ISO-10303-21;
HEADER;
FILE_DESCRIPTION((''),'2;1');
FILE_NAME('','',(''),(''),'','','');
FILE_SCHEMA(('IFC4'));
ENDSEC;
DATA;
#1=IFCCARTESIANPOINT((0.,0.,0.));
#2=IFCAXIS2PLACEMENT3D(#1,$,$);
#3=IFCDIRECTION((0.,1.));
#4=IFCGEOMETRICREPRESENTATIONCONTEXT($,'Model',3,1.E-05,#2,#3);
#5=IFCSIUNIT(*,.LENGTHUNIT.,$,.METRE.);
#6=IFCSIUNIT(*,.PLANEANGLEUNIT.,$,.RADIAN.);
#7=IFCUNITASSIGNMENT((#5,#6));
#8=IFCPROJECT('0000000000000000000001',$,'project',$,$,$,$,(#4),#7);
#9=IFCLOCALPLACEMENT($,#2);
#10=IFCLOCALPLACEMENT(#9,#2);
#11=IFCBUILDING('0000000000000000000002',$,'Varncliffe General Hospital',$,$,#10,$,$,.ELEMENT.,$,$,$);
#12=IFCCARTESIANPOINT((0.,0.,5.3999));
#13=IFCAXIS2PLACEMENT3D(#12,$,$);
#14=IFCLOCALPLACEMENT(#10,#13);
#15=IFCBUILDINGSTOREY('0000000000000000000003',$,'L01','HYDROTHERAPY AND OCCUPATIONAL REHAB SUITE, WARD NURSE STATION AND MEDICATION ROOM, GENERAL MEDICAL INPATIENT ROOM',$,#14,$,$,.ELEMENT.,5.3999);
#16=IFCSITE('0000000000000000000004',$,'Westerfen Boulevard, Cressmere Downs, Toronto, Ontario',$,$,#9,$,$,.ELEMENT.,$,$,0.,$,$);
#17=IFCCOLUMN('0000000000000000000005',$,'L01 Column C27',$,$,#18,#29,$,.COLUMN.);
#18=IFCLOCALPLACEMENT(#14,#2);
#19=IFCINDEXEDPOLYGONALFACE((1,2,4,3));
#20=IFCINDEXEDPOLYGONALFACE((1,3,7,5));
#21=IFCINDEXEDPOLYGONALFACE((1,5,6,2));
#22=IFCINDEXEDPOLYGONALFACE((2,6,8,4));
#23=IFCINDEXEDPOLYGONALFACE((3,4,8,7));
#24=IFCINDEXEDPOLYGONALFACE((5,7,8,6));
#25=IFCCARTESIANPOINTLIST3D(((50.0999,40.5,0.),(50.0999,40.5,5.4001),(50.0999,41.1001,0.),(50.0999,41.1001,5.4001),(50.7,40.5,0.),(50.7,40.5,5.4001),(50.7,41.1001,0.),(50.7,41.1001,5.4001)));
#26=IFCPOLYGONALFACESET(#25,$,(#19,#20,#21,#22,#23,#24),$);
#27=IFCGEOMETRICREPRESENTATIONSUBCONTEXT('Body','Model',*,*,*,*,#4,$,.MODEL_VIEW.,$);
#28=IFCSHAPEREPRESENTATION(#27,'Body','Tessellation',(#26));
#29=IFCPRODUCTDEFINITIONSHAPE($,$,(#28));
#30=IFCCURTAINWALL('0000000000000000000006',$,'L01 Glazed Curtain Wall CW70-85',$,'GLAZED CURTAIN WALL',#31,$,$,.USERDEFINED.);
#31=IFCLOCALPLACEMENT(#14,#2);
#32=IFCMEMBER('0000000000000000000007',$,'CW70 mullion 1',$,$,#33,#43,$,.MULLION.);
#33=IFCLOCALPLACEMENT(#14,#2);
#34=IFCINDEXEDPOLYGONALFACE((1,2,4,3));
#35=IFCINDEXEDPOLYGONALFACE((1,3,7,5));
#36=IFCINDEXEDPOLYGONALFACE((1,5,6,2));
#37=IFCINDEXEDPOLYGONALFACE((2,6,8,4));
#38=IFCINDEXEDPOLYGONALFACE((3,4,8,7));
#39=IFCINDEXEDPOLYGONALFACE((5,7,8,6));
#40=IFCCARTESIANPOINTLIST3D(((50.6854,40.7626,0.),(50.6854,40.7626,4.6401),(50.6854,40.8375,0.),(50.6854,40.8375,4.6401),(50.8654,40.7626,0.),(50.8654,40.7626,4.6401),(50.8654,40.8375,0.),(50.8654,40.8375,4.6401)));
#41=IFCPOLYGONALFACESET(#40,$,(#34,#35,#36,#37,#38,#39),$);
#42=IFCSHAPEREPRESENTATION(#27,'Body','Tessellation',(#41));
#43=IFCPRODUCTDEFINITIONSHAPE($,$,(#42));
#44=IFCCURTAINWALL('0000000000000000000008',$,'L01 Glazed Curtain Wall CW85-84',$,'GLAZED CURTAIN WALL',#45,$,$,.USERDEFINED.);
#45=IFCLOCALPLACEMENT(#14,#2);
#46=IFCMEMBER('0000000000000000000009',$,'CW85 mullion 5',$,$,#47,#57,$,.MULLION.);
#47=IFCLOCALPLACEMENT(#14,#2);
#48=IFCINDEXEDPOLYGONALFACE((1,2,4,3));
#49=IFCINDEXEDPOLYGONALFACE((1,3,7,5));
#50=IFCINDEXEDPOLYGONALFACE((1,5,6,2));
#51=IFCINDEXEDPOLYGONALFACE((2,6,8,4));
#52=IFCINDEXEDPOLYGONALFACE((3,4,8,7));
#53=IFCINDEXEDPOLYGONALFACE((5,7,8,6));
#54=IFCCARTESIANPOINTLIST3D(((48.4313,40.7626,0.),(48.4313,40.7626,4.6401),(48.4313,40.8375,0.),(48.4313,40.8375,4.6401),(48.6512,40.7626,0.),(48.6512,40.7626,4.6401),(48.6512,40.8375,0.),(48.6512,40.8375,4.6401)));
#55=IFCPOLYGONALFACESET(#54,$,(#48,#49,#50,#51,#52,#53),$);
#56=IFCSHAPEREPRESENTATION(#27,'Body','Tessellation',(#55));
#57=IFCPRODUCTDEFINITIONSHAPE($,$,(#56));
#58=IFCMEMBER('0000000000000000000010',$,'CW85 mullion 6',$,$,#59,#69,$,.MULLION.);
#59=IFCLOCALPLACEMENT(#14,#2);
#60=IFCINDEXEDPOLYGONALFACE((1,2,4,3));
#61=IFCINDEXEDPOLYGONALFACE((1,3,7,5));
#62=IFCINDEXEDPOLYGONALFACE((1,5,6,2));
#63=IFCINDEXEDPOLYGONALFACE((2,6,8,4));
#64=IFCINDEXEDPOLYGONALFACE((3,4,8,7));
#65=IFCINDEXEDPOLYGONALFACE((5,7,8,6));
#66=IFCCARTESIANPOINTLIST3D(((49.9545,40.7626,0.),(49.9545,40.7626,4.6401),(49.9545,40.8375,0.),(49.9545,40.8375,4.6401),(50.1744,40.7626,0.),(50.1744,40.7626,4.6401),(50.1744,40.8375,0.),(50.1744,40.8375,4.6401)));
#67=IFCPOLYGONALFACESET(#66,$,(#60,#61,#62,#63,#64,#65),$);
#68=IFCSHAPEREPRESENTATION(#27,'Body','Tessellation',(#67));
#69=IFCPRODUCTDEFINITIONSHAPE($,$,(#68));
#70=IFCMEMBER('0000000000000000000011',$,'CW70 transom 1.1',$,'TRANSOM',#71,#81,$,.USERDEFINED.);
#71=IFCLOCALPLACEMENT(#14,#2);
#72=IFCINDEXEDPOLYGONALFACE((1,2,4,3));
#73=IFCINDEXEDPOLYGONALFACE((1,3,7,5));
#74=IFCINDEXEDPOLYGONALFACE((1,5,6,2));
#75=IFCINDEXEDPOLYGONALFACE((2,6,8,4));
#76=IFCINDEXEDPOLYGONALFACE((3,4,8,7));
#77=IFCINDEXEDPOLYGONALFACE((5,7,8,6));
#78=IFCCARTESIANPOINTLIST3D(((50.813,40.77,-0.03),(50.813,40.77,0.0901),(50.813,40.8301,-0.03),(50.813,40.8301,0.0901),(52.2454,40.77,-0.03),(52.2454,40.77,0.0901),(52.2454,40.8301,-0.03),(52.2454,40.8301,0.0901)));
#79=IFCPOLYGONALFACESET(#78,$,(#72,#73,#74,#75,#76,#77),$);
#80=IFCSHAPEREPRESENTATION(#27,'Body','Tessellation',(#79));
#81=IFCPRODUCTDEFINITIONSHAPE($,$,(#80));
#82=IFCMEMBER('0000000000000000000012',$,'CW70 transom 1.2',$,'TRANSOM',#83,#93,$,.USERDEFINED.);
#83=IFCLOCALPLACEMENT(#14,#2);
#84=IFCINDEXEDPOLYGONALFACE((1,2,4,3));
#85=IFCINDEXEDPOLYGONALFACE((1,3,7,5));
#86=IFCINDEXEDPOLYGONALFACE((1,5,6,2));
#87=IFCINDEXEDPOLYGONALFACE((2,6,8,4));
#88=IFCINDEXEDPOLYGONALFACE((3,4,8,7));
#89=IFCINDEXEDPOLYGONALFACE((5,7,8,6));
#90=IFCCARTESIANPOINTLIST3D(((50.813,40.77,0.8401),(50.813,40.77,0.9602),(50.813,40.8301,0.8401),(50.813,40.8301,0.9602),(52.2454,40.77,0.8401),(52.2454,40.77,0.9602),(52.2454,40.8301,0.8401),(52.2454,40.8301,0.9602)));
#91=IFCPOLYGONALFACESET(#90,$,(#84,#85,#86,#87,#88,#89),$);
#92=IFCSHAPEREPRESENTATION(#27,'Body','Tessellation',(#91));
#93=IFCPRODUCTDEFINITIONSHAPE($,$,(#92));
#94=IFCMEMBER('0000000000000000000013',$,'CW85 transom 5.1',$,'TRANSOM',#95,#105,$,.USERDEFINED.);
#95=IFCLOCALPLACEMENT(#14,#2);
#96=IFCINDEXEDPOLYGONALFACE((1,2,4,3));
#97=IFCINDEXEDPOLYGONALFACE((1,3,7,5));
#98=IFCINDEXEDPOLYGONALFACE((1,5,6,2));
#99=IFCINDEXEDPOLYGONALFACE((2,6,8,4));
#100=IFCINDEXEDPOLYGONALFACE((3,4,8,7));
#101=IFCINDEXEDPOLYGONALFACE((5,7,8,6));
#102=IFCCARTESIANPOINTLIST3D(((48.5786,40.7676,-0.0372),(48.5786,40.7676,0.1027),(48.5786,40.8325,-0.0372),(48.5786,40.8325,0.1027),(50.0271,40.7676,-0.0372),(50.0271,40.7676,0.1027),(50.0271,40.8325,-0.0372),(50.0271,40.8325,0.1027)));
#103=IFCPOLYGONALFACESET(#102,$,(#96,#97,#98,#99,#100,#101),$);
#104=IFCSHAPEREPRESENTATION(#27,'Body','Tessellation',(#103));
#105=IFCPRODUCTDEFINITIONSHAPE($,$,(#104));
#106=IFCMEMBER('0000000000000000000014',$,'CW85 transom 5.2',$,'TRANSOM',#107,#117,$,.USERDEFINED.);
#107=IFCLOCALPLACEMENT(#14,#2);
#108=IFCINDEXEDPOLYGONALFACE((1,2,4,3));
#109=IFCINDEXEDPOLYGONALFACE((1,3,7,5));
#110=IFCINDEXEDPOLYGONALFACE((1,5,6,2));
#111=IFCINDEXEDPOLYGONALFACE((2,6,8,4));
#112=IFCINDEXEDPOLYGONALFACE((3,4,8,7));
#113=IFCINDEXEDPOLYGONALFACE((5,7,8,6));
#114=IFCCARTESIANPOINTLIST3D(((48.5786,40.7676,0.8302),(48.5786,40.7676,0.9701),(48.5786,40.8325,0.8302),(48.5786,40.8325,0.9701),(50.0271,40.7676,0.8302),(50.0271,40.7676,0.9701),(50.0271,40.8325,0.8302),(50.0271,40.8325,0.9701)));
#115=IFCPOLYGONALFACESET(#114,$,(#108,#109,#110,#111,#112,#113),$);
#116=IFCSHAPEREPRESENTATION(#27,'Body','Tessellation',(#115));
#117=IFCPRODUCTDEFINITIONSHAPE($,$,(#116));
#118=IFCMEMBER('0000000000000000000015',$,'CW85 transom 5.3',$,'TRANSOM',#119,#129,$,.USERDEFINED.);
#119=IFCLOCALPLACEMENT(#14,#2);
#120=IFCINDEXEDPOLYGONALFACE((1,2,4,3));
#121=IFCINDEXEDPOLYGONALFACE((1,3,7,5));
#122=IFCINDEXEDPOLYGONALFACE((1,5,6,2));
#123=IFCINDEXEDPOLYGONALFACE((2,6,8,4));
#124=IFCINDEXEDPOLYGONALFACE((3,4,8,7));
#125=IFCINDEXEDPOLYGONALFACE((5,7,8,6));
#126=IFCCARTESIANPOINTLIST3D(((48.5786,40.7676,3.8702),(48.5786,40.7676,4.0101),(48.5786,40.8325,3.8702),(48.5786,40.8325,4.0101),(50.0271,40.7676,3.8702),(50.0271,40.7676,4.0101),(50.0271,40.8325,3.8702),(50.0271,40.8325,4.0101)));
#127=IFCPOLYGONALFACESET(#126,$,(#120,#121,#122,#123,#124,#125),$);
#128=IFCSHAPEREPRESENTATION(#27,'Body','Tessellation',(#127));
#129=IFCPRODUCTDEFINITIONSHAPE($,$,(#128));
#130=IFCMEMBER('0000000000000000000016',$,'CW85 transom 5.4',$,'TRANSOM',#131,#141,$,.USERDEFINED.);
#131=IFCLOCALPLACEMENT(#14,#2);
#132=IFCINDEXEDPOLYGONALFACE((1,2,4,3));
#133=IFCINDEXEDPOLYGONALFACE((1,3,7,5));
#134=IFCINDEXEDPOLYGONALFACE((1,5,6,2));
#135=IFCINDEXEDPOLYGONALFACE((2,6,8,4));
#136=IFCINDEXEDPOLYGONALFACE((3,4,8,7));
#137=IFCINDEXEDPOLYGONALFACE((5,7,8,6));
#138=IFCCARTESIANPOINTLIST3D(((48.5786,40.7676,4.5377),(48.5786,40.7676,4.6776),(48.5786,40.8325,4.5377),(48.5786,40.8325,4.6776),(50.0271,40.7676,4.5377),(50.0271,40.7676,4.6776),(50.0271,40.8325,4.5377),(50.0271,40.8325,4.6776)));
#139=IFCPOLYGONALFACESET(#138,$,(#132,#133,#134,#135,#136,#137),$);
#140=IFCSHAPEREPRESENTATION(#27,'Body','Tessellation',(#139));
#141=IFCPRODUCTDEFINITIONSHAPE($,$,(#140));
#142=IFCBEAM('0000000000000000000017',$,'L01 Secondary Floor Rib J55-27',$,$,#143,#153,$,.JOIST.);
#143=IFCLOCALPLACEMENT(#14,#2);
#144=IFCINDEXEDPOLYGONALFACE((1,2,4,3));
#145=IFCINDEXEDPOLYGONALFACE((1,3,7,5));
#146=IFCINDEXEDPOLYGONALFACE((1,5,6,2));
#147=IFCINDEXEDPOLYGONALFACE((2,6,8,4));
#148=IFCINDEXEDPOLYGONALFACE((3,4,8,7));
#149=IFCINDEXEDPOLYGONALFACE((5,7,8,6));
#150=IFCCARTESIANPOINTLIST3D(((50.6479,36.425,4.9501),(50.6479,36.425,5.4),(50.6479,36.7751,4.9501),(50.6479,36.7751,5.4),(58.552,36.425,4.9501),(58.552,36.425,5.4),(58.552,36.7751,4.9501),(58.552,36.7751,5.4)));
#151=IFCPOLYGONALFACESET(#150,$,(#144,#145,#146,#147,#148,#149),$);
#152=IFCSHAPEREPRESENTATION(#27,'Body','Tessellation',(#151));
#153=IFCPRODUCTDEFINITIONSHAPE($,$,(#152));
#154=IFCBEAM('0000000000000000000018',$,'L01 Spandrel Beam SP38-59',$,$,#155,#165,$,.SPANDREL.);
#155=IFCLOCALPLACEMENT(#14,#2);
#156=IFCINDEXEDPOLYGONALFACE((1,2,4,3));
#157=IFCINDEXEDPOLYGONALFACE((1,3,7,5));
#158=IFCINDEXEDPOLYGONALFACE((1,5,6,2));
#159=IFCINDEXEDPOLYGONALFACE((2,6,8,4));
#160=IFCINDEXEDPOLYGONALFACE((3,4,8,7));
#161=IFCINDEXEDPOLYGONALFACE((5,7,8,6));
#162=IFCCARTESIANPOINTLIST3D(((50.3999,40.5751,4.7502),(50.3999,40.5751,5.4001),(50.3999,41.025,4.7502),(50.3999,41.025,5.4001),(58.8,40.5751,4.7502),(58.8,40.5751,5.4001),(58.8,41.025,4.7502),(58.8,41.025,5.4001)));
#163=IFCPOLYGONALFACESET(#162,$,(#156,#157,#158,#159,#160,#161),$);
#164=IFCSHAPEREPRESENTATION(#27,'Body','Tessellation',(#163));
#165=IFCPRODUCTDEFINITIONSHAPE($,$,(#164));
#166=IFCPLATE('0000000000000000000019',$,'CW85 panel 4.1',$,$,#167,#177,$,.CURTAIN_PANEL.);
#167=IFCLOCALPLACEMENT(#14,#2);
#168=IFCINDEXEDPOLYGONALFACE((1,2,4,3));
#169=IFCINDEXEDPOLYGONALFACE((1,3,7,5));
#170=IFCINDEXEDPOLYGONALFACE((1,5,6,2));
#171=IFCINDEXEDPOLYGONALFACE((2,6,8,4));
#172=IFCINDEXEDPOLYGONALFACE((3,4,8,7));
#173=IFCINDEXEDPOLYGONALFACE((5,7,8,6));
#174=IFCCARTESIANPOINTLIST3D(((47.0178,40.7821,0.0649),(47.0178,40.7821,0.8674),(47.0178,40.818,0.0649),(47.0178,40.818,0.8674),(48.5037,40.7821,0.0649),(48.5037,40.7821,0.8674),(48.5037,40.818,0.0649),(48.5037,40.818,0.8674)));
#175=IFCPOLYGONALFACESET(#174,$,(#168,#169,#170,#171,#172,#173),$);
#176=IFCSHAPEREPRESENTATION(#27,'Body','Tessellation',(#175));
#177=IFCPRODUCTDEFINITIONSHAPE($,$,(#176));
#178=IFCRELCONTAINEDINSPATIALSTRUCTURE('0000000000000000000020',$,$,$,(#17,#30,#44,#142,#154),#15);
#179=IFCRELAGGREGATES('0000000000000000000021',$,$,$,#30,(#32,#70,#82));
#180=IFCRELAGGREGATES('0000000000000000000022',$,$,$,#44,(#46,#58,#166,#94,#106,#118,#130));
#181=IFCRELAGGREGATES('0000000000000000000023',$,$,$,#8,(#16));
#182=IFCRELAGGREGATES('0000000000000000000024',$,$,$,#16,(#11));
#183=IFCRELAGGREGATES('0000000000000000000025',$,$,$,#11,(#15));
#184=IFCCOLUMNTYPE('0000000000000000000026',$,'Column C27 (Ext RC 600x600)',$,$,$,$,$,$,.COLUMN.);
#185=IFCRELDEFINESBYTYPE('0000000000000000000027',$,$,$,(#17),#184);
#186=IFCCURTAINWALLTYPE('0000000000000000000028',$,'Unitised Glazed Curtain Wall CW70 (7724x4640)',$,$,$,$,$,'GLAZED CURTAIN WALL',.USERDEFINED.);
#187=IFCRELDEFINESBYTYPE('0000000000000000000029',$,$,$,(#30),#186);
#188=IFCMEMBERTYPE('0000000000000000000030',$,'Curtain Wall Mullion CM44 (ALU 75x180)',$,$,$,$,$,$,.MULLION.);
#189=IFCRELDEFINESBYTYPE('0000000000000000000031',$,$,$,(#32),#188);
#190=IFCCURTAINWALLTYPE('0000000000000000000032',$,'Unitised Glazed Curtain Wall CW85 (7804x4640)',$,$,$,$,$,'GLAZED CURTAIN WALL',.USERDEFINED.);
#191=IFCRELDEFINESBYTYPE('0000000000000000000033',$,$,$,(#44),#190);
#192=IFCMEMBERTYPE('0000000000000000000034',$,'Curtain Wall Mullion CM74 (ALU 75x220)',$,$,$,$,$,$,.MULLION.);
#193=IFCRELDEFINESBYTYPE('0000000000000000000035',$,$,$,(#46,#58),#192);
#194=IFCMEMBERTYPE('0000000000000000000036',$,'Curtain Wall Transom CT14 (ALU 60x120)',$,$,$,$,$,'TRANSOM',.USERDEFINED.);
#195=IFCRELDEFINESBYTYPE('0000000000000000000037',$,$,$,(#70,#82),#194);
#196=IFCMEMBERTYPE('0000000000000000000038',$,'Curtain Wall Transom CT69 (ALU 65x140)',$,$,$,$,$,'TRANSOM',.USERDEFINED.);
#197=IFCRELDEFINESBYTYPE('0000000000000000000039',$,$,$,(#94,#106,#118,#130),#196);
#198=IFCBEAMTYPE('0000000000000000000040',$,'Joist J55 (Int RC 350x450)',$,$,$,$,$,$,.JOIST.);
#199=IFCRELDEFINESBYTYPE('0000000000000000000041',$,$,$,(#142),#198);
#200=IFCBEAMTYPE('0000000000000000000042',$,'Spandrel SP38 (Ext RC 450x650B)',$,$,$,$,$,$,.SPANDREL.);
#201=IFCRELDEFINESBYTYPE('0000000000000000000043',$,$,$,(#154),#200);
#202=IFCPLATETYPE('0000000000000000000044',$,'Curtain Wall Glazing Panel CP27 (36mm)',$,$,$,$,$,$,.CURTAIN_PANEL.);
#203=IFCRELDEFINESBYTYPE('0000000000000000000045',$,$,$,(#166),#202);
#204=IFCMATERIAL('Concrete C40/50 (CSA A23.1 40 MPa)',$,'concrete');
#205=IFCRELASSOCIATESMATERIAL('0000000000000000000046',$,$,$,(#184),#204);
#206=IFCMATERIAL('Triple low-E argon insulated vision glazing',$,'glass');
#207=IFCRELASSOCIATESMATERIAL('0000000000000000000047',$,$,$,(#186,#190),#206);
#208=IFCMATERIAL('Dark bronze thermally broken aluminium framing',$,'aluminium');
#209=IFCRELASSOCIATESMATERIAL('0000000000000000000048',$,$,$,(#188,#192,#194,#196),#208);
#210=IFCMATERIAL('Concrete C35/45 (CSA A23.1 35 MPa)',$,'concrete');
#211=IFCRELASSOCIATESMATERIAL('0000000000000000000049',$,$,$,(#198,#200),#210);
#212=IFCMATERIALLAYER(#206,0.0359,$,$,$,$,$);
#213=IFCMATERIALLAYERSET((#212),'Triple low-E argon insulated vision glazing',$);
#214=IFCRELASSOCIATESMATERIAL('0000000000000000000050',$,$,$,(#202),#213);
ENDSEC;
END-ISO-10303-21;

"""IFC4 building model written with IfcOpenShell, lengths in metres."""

from ifc_helpers import new_model, si_unit, direction, frame, origin, origin_2d, place, context, subcontext, project, spatial, rectangle, extrude, material, layer, layer_set, material_profile, profile_set, type_object, element, aggregate, save


model = new_model("IFC4")

# Units and contexts
model_context = context("Model", 3, precision=1e-05, world=origin(), true_north=direction((0.0, 1.0)))
body_context = subcontext(model_context, "Body", "Model", "MODEL_VIEW")
ifc_project = project(units=[si_unit("LENGTHUNIT", "METRE"), si_unit("PLANEANGLEUNIT", "RADIAN")], contexts=[model_context])

# Site, building, storey
site_placement = place(None, origin())
site = spatial("IfcSite", under=ifc_project, at=site_placement, Name="Westerfen Boulevard, Cressmere Downs, Toronto, Ontario", CompositionType="ELEMENT", RefElevation=0.0)
building_placement = place(site_placement, origin())
building = spatial("IfcBuilding", under=site, at=building_placement, Name="Varncliffe General Hospital", CompositionType="ELEMENT")
storey_placement = place(building_placement, frame((0.0, 0.0, 5.3999)))
storey = spatial("IfcBuildingStorey", under=building, at=storey_placement, Name="L01", Description="HYDROTHERAPY AND OCCUPATIONAL REHAB SUITE, WARD NURSE STATION AND MEDICATION ROOM, GENERAL MEDICAL INPATIENT ROOM", CompositionType="ELEMENT", Elevation=5.3999)

# Column
ifc_material_1 = material(Name="Concrete C40/50 (CSA A23.1 40 MPa)", Category="concrete")
ifc_material_profile_1 = material_profile(ifc_material_1, rectangle(XDim=0.6001, YDim=0.6001, at=origin_2d()), Name="RC 600x600")
ifc_profile_set_1 = profile_set([ifc_material_profile_1], Name="Concrete C40/50 (CSA A23.1 40 MPa)")
column_type = type_object("IfcColumnType", Name="Column C27 (Ext RC 600x600)", PredefinedType="COLUMN", material=ifc_profile_set_1)
column_placement = place(storey_placement, frame((50.3999, 40.8, 0.0), z_axis=(0.0, 0.0, 1.0), x_axis=(1.0, 0.0, 0.0)))
element("IfcColumn", 1, at=column_placement, inside=storey, type_object=column_type, Name="L01 Column C27", PredefinedType="COLUMN", context=body_context, shape_type="SweptSolid", body=[
    extrude(rectangle(XDim=0.6001, YDim=0.6001, at=origin_2d()), origin(), (0.0, 0.0, 1.0), 5.4001),
])

# Curtain wall, member
ifc_material_2 = material(Name="Triple low-E argon insulated vision glazing", Category="glass")
curtain_wall_type_1 = type_object("IfcCurtainWallType", Name="Unitised Glazed Curtain Wall CW70 (7724x4640)", ElementType="GLAZED CURTAIN WALL", PredefinedType="USERDEFINED", material=ifc_material_2)
curtain_wall_1_placement = place(storey_placement, origin())
curtain_wall_1 = element("IfcCurtainWall", 2, at=curtain_wall_1_placement, inside=storey, type_object=curtain_wall_type_1, Name="L01 Glazed Curtain Wall CW70-85", ObjectType="GLAZED CURTAIN WALL", PredefinedType="USERDEFINED")
ifc_material_3 = material(Name="Dark bronze thermally broken aluminium framing", Category="aluminium")
ifc_material_profile_2 = material_profile(ifc_material_3, rectangle(XDim=0.075, YDim=0.1799, at=origin_2d()), Name="ALU 75x180")
ifc_profile_set_2 = profile_set([ifc_material_profile_2], Name="Dark bronze thermally broken aluminium framing")
member_type_1 = type_object("IfcMemberType", Name="Curtain Wall Mullion CM44 (ALU 75x180)", PredefinedType="MULLION", material=ifc_profile_set_2)
member_1_placement = place(storey_placement, frame((50.7754, 40.8, 0.0), z_axis=(0.0, 0.0, 1.0), x_axis=(0.0, 1.0, 0.0)))
member_1 = element("IfcMember", 3, at=member_1_placement, type_object=member_type_1, Name="CW70 mullion 1", PredefinedType="MULLION", context=body_context, shape_type="SweptSolid", body=[
    extrude(rectangle(XDim=0.075, YDim=0.1799, at=origin_2d()), origin(), (0.0, 0.0, 1.0), 4.6401),
])

# Curtain wall, members
curtain_wall_type_2 = type_object("IfcCurtainWallType", Name="Unitised Glazed Curtain Wall CW85 (7804x4640)", ElementType="GLAZED CURTAIN WALL", PredefinedType="USERDEFINED", material=ifc_material_2)
curtain_wall_2_placement = place(storey_placement, origin())
curtain_wall_2 = element("IfcCurtainWall", 4, at=curtain_wall_2_placement, inside=storey, type_object=curtain_wall_type_2, Name="L01 Glazed Curtain Wall CW85-84", ObjectType="GLAZED CURTAIN WALL", PredefinedType="USERDEFINED")
ifc_material_profile_3 = material_profile(ifc_material_3, rectangle(XDim=0.075, YDim=0.22, at=origin_2d()), Name="ALU 75x220")
ifc_profile_set_3 = profile_set([ifc_material_profile_3], Name="Dark bronze thermally broken aluminium framing")
member_type_2 = type_object("IfcMemberType", Name="Curtain Wall Mullion CM74 (ALU 75x220)", PredefinedType="MULLION", material=ifc_profile_set_3)
member_2_placement = place(storey_placement, frame((48.5413, 40.8, 0.0), z_axis=(0.0, 0.0, 1.0), x_axis=(0.0, 1.0, 0.0)))
member_2 = element("IfcMember", 5, at=member_2_placement, type_object=member_type_2, Name="CW85 mullion 5", PredefinedType="MULLION", context=body_context, shape_type="SweptSolid", body=[
    extrude(rectangle(XDim=0.075, YDim=0.22, at=origin_2d()), origin(), (0.0, 0.0, 1.0), 4.6401),
])
member_3_placement = place(storey_placement, frame((50.0645, 40.8, 0.0), z_axis=(0.0, 0.0, 1.0), x_axis=(0.0, 1.0, 0.0)))
member_3 = element("IfcMember", 6, at=member_3_placement, type_object=member_type_2, Name="CW85 mullion 6", PredefinedType="MULLION", context=body_context, shape_type="SweptSolid", body=[
    extrude(rectangle(XDim=0.075, YDim=0.22, at=origin_2d()), origin(), (0.0, 0.0, 1.0), 4.6401),
])

# Members
ifc_material_profile_4 = material_profile(ifc_material_3, rectangle(XDim=0.0601, YDim=0.1201, at=origin_2d()), Name="ALU 60x120")
ifc_profile_set_4 = profile_set([ifc_material_profile_4], Name="Dark bronze thermally broken aluminium framing")
member_type_3 = type_object("IfcMemberType", Name="Curtain Wall Transom CT14 (ALU 60x120)", ElementType="TRANSOM", PredefinedType="USERDEFINED", material=ifc_profile_set_4)
member_4_placement = place(storey_placement, frame((50.813, 40.8, 0.03), z_axis=(1.0, 0.0, 0.0), x_axis=(0.0, 1.0, 0.0)))
member_4 = element("IfcMember", 7, at=member_4_placement, type_object=member_type_3, Name="CW70 transom 1.1", ObjectType="TRANSOM", PredefinedType="USERDEFINED", context=body_context, shape_type="SweptSolid", body=[
    extrude(rectangle(XDim=0.0601, YDim=0.1201, at=origin_2d()), origin(), (0.0, 0.0, 1.0), 1.4324),
])
member_5_placement = place(storey_placement, frame((50.813, 40.8, 0.9001), z_axis=(1.0, 0.0, 0.0), x_axis=(0.0, 1.0, 0.0)))
member_5 = element("IfcMember", 8, at=member_5_placement, type_object=member_type_3, Name="CW70 transom 1.2", ObjectType="TRANSOM", PredefinedType="USERDEFINED", context=body_context, shape_type="SweptSolid", body=[
    extrude(rectangle(XDim=0.0601, YDim=0.1201, at=origin_2d()), origin(), (0.0, 0.0, 1.0), 1.4324),
])
aggregate(curtain_wall_1, [member_1, member_4, member_5])
ifc_material_profile_5 = material_profile(ifc_material_3, rectangle(XDim=0.0649, YDim=0.1399, at=origin_2d()), Name="ALU 65x140")
ifc_profile_set_5 = profile_set([ifc_material_profile_5], Name="Dark bronze thermally broken aluminium framing")
member_type_4 = type_object("IfcMemberType", Name="Curtain Wall Transom CT69 (ALU 65x140)", ElementType="TRANSOM", PredefinedType="USERDEFINED", material=ifc_profile_set_5)
member_6_placement = place(storey_placement, frame((48.5786, 40.8, 0.0327), z_axis=(1.0, 0.0, 0.0), x_axis=(0.0, 1.0, 0.0)))
member_6 = element("IfcMember", 9, at=member_6_placement, type_object=member_type_4, Name="CW85 transom 5.1", ObjectType="TRANSOM", PredefinedType="USERDEFINED", context=body_context, shape_type="SweptSolid", body=[
    extrude(rectangle(XDim=0.0649, YDim=0.1399, at=origin_2d()), origin(), (0.0, 0.0, 1.0), 1.4485),
])
member_7_placement = place(storey_placement, frame((48.5786, 40.8, 0.9001), z_axis=(1.0, 0.0, 0.0), x_axis=(0.0, 1.0, 0.0)))
member_7 = element("IfcMember", 10, at=member_7_placement, type_object=member_type_4, Name="CW85 transom 5.2", ObjectType="TRANSOM", PredefinedType="USERDEFINED", context=body_context, shape_type="SweptSolid", body=[
    extrude(rectangle(XDim=0.0649, YDim=0.1399, at=origin_2d()), origin(), (0.0, 0.0, 1.0), 1.4485),
])
member_8_placement = place(storey_placement, frame((48.5786, 40.8, 3.9402), z_axis=(1.0, 0.0, 0.0), x_axis=(0.0, 1.0, 0.0)))
member_8 = element("IfcMember", 11, at=member_8_placement, type_object=member_type_4, Name="CW85 transom 5.3", ObjectType="TRANSOM", PredefinedType="USERDEFINED", context=body_context, shape_type="SweptSolid", body=[
    extrude(rectangle(XDim=0.0649, YDim=0.1399, at=origin_2d()), origin(), (0.0, 0.0, 1.0), 1.4485),
])
member_9_placement = place(storey_placement, frame((48.5786, 40.8, 4.6077), z_axis=(1.0, 0.0, 0.0), x_axis=(0.0, 1.0, 0.0)))
member_9 = element("IfcMember", 12, at=member_9_placement, type_object=member_type_4, Name="CW85 transom 5.4", ObjectType="TRANSOM", PredefinedType="USERDEFINED", context=body_context, shape_type="SweptSolid", body=[
    extrude(rectangle(XDim=0.0649, YDim=0.1399, at=origin_2d()), origin(), (0.0, 0.0, 1.0), 1.4485),
])

# Beams
ifc_material_4 = material(Name="Concrete C35/45 (CSA A23.1 35 MPa)", Category="concrete")
ifc_material_profile_6 = material_profile(ifc_material_4, rectangle(XDim=0.3501, YDim=0.45, at=origin_2d()), Name="RC 350x450")
ifc_profile_set_6 = profile_set([ifc_material_profile_6], Name="Concrete C35/45 (CSA A23.1 35 MPa)")
beam_type_1 = type_object("IfcBeamType", Name="Joist J55 (Int RC 350x450)", PredefinedType="JOIST", material=ifc_profile_set_6)
beam_1_placement = place(storey_placement, frame((50.6479, 36.6001, 5.175), z_axis=(1.0, 0.0, 0.0), x_axis=(0.0, 1.0, 0.0)))
element("IfcBeam", 13, at=beam_1_placement, inside=storey, type_object=beam_type_1, Name="L01 Secondary Floor Rib J55-27", PredefinedType="JOIST", context=body_context, shape_type="SweptSolid", body=[
    extrude(rectangle(XDim=0.3501, YDim=0.45, at=origin_2d()), origin(), (0.0, 0.0, 1.0), 7.9041),
])
ifc_material_profile_7 = material_profile(ifc_material_4, rectangle(XDim=0.45, YDim=0.6499, at=origin_2d()), Name="RC 450x650")
ifc_profile_set_7 = profile_set([ifc_material_profile_7], Name="Concrete C35/45 (CSA A23.1 35 MPa)")
beam_type_2 = type_object("IfcBeamType", Name="Spandrel SP38 (Ext RC 450x650B)", PredefinedType="SPANDREL", material=ifc_profile_set_7)
beam_2_placement = place(storey_placement, frame((50.3999, 40.8, 5.0752), z_axis=(1.0, 0.0, 0.0), x_axis=(0.0, 1.0, 0.0)))
element("IfcBeam", 14, at=beam_2_placement, inside=storey, type_object=beam_type_2, Name="L01 Spandrel Beam SP38-59", PredefinedType="SPANDREL", context=body_context, shape_type="SweptSolid", body=[
    extrude(rectangle(XDim=0.45, YDim=0.6499, at=origin_2d()), origin(), (0.0, 0.0, 1.0), 8.4001),
])

# Plate
ifc_layer_1 = layer(ifc_material_2, 0.0359)
ifc_layer_set_1 = layer_set([ifc_layer_1], Name="Triple low-E argon insulated vision glazing")
plate_type = type_object("IfcPlateType", Name="Curtain Wall Glazing Panel CP27 (36mm)", PredefinedType="CURTAIN_PANEL", material=ifc_layer_set_1)
plate_1_placement = place(storey_placement, frame((47.7607, 40.8, 0.0649), z_axis=(0.0, 0.0, 1.0), x_axis=(1.0, 0.0, 0.0)))
plate_1 = element("IfcPlate", 15, at=plate_1_placement, type_object=plate_type, Name="CW85 panel 4.1", PredefinedType="CURTAIN_PANEL", context=body_context, shape_type="SweptSolid", body=[
    extrude(rectangle(XDim=1.4858, YDim=0.0359, at=origin_2d()), origin(), (0.0, 0.0, 1.0), 0.8025),
])
aggregate(curtain_wall_2, [member_2, member_3, plate_1, member_6, member_7, member_8, member_9])

save(model, "model.ifc")
